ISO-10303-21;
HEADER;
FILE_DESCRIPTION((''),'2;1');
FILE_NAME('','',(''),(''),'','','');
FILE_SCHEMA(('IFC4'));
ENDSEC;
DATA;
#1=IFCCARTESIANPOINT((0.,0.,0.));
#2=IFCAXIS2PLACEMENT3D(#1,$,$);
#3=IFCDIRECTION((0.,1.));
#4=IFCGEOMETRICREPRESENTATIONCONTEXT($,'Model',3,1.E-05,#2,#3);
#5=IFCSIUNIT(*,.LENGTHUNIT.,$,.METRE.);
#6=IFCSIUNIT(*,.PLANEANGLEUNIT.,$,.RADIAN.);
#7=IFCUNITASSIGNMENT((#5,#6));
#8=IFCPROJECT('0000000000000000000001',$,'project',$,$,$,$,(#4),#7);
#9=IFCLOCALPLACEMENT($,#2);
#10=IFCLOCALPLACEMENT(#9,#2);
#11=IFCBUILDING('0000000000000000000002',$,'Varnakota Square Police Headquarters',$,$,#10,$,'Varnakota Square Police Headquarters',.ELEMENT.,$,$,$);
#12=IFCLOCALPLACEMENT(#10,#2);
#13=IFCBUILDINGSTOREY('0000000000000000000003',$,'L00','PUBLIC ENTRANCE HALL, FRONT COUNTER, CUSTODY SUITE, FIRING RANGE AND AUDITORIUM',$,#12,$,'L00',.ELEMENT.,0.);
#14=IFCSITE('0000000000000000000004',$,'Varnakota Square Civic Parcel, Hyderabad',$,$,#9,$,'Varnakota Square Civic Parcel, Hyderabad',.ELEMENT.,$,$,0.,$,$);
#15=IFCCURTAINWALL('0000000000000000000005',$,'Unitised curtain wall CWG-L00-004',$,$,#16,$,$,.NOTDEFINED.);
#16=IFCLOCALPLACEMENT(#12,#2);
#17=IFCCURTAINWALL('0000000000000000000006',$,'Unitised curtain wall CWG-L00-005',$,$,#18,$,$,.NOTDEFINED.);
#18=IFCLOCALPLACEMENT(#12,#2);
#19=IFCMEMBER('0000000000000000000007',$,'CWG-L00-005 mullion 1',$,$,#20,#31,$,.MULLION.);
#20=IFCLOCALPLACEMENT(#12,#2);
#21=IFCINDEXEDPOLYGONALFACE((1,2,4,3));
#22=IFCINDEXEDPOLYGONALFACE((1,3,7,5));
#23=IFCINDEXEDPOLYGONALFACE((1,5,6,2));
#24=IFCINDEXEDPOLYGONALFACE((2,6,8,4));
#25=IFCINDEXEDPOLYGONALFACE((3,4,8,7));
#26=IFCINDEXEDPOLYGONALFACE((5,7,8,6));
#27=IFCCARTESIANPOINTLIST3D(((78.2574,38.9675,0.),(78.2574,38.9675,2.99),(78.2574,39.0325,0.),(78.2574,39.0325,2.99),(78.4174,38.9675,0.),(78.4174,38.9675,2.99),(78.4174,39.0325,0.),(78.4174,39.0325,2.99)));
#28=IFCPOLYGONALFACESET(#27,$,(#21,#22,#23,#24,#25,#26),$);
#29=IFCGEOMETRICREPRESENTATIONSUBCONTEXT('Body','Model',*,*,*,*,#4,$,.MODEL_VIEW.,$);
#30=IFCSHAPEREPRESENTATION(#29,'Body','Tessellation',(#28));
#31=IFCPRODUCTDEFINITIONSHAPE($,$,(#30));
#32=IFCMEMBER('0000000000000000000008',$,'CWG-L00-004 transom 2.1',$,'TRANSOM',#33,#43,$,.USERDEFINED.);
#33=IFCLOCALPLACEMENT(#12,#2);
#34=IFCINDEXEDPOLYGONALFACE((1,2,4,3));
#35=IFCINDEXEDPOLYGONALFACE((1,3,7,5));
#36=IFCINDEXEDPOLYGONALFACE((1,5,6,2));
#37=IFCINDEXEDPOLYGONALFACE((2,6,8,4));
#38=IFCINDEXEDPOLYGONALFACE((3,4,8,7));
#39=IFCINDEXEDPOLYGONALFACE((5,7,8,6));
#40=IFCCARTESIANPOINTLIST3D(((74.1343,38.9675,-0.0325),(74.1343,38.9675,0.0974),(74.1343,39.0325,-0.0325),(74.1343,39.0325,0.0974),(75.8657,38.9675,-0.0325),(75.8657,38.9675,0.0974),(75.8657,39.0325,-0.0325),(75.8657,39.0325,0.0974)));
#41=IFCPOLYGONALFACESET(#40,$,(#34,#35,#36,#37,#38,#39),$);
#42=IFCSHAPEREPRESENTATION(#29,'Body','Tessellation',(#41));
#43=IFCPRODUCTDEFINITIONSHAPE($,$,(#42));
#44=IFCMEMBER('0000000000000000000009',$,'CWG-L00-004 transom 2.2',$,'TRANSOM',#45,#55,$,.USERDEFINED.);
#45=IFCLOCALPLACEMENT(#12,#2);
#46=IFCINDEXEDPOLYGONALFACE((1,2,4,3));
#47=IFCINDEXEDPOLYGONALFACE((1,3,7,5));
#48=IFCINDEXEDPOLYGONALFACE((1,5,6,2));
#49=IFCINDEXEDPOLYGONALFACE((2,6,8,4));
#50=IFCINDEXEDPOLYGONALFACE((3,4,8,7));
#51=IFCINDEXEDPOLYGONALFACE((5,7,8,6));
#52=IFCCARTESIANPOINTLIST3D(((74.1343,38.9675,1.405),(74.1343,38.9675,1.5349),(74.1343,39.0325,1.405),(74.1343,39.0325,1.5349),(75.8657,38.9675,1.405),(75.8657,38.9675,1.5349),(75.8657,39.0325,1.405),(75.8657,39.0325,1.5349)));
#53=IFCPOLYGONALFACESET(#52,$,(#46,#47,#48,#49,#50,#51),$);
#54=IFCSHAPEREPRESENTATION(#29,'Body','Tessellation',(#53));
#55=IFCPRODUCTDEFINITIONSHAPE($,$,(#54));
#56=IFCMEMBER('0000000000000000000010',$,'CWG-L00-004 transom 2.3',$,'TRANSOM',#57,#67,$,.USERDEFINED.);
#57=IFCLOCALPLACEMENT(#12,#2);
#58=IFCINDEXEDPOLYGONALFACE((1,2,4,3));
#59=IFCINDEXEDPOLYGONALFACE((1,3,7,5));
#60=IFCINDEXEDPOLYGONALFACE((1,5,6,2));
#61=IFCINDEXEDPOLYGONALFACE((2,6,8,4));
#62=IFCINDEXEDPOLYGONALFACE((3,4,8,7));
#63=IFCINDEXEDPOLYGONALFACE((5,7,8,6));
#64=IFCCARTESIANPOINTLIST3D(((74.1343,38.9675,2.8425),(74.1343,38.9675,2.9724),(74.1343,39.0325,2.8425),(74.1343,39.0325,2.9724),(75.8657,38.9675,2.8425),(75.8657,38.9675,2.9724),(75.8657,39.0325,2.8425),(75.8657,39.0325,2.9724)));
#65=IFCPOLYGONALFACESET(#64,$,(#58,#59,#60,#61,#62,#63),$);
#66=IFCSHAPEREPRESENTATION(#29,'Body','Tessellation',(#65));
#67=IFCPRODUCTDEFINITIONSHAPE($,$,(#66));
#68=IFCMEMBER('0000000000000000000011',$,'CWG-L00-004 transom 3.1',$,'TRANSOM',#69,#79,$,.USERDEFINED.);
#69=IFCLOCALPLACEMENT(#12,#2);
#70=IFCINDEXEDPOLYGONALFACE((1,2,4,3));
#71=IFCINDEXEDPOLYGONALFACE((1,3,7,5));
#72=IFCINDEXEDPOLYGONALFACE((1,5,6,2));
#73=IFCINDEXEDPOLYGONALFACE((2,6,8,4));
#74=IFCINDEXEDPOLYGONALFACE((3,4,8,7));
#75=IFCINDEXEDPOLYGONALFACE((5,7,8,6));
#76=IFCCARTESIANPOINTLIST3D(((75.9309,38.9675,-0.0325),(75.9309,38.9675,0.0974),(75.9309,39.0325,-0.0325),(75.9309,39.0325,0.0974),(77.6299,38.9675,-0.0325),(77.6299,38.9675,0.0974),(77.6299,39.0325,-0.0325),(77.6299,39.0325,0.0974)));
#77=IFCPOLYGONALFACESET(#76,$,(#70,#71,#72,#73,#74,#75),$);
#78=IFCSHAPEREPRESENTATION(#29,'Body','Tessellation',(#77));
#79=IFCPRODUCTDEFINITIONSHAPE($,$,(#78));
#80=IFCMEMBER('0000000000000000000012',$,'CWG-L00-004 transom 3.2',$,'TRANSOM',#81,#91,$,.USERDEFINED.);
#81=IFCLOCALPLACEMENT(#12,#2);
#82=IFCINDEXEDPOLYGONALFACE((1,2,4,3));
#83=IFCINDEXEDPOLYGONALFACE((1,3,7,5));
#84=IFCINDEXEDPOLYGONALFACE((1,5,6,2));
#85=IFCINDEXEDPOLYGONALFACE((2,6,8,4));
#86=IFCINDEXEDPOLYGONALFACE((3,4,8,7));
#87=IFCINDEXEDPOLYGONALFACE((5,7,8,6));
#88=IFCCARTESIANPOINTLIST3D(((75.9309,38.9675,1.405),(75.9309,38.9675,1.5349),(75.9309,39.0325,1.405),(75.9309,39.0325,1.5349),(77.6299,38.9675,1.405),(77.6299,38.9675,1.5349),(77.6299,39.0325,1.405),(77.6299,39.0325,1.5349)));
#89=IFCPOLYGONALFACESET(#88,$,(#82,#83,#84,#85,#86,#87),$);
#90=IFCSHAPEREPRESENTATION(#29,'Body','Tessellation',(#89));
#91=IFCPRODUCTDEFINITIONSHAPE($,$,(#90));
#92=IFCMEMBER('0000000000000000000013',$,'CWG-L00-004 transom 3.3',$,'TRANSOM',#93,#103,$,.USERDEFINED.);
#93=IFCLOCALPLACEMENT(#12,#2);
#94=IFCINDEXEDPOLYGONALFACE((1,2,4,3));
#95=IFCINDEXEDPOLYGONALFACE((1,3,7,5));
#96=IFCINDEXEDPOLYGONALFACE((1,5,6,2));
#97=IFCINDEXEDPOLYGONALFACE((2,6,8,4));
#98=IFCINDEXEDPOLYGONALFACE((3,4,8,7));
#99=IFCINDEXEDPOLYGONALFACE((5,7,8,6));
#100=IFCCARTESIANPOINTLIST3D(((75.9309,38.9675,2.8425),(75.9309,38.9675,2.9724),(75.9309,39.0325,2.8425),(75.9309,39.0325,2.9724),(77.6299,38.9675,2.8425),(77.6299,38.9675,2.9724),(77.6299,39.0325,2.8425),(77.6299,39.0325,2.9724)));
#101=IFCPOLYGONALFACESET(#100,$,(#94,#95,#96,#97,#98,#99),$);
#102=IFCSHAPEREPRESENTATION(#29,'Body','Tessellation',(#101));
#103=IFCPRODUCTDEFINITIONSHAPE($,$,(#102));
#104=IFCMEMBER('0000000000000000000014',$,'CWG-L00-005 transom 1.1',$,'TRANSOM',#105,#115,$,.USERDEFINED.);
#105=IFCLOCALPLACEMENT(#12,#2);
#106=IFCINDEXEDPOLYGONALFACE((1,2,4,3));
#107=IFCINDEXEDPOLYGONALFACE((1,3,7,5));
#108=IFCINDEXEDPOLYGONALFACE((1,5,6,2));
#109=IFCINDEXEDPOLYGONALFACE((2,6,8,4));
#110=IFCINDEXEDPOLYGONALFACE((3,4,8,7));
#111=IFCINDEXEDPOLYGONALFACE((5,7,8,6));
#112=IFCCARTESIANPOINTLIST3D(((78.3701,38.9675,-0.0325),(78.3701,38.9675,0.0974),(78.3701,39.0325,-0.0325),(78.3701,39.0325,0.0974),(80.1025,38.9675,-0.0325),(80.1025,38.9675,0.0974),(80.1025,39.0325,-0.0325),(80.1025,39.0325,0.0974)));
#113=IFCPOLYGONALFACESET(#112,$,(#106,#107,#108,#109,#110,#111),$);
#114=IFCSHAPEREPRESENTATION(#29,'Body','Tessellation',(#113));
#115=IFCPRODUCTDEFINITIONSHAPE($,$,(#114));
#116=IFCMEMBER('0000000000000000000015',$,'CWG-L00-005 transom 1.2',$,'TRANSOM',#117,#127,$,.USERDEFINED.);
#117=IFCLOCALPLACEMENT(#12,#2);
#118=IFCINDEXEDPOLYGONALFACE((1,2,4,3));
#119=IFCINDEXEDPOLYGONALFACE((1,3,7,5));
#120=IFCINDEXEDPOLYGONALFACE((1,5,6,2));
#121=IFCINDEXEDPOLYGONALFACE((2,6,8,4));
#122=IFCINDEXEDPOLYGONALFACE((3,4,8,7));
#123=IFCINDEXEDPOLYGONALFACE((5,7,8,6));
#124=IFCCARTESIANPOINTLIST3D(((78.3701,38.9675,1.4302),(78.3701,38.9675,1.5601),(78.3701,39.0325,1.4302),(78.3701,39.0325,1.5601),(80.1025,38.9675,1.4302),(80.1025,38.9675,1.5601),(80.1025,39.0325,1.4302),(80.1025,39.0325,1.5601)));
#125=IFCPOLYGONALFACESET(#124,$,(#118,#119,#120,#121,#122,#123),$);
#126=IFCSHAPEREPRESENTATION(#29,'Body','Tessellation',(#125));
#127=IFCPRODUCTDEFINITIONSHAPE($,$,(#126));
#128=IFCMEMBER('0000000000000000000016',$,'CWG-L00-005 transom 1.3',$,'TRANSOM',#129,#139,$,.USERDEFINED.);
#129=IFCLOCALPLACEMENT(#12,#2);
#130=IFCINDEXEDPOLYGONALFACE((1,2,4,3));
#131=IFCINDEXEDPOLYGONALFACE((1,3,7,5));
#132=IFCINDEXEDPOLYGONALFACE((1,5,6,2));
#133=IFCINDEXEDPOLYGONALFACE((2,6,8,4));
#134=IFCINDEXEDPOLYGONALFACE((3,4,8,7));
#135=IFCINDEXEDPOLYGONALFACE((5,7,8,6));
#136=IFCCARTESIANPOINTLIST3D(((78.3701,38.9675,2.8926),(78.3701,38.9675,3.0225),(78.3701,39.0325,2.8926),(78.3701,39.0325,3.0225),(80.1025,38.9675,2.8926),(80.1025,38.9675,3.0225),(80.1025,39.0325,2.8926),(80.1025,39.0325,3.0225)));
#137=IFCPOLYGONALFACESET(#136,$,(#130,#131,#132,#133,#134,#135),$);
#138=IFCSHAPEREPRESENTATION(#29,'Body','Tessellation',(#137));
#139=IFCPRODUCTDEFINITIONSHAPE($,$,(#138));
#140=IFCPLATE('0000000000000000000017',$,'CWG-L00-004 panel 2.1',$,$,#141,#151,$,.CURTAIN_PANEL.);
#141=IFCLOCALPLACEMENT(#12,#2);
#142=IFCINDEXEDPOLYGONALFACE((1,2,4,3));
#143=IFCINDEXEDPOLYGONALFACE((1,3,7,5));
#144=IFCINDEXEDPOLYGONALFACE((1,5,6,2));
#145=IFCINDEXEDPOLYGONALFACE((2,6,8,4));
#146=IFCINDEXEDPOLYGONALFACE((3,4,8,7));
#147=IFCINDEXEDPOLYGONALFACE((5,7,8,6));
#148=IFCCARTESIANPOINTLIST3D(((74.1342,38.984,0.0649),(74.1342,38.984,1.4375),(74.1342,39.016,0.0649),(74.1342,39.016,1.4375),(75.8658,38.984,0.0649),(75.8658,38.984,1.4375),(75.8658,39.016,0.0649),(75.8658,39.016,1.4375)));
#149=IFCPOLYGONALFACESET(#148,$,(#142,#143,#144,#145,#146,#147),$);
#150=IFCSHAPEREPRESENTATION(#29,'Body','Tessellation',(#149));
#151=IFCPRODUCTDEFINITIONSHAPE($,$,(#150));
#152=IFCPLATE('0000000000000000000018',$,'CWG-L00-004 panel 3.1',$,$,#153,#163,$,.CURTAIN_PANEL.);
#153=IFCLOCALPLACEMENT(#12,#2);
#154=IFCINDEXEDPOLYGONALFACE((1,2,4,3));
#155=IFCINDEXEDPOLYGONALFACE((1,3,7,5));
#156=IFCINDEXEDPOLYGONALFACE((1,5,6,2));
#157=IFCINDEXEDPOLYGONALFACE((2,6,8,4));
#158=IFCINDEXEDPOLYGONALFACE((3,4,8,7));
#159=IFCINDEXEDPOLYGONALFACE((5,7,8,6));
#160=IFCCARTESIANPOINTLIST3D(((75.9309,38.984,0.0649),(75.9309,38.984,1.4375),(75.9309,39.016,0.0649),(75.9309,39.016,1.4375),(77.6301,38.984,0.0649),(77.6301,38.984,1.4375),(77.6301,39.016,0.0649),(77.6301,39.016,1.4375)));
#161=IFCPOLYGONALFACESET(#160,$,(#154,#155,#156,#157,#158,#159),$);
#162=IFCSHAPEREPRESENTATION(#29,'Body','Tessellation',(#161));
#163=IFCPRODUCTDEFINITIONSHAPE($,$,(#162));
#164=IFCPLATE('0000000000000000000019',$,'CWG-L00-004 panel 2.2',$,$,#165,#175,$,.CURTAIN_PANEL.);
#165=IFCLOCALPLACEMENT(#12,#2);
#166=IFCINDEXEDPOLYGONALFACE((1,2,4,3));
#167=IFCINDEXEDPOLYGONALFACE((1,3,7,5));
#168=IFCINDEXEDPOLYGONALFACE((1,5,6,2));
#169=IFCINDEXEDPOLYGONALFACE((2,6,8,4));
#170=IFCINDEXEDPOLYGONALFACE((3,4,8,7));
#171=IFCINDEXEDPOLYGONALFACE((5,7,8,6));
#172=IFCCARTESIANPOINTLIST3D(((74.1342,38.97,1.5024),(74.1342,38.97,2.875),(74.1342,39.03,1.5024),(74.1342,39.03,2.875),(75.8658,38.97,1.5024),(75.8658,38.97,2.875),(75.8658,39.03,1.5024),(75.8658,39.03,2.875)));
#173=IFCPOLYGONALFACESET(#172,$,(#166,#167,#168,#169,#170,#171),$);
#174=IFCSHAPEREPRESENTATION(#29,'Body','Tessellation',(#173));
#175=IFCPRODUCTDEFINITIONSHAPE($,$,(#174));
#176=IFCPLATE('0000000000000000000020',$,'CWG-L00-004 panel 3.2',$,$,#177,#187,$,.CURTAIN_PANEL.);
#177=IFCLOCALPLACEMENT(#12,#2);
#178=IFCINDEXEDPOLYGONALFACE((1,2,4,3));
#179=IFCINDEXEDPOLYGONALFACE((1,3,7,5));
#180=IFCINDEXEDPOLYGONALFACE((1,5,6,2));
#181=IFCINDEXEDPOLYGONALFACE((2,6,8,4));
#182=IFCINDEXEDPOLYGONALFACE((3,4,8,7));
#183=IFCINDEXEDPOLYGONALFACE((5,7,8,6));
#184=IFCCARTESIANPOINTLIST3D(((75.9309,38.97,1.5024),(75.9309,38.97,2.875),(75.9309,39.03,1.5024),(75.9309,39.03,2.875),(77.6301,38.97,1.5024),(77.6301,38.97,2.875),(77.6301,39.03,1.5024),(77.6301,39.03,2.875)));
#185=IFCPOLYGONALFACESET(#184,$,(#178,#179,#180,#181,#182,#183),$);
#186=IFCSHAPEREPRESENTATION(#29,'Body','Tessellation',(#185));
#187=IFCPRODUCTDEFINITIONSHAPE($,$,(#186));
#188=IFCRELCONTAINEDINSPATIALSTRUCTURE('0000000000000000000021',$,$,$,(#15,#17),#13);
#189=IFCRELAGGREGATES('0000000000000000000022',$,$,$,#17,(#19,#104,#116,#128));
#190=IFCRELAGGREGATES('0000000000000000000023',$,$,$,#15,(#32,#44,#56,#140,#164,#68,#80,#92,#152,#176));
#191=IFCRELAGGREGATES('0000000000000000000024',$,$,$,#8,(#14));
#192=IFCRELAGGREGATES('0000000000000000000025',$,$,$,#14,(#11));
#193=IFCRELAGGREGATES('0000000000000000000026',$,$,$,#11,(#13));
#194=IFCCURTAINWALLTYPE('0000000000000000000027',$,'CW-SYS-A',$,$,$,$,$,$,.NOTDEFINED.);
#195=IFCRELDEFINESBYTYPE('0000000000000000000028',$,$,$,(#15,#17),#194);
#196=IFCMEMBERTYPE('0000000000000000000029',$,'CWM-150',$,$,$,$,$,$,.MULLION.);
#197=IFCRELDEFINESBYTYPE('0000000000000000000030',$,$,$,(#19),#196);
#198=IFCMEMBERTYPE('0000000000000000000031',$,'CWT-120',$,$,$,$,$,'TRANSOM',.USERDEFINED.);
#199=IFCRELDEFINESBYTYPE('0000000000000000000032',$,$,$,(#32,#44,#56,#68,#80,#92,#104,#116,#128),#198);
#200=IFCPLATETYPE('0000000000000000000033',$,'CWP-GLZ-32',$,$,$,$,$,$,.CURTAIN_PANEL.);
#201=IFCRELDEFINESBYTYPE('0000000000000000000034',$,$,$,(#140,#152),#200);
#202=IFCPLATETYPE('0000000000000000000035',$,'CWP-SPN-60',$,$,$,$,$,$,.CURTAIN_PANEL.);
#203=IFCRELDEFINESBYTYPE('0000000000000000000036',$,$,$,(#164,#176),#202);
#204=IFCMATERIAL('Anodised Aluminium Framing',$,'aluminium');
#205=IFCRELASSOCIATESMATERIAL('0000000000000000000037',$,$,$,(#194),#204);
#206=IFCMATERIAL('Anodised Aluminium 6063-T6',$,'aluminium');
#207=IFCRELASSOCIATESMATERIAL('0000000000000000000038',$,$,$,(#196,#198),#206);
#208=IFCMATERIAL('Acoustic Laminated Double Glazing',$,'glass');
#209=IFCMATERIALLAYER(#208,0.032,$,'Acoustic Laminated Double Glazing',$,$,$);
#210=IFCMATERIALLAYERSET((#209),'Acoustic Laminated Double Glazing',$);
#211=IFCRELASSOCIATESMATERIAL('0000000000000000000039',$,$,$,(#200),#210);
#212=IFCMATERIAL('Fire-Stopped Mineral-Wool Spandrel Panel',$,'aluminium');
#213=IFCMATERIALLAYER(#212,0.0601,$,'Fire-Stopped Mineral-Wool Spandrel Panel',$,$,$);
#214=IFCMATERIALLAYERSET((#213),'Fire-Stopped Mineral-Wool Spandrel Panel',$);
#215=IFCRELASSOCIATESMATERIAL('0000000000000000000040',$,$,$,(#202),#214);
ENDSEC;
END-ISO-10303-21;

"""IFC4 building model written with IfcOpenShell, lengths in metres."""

from ifc_helpers import new_model, si_unit, direction, frame, origin, origin_2d, place, context, subcontext, project, spatial, rectangle, extrude, material, layer, layer_set, material_profile, profile_set, type_object, element, aggregate, save


model = new_model("IFC4")

# Units and contexts
model_context = context("Model", 3, precision=1e-05, world=origin(), true_north=direction((0.0, 1.0)))
body_context = subcontext(model_context, "Body", "Model", "MODEL_VIEW")
ifc_project = project(units=[si_unit("LENGTHUNIT", "METRE"), si_unit("PLANEANGLEUNIT", "RADIAN")], contexts=[model_context])

# Site, building, storey
site_placement = place(None, origin())
site = spatial("IfcSite", under=ifc_project, at=site_placement, Name="Varnakota Square Civic Parcel, Hyderabad", LongName="Varnakota Square Civic Parcel, Hyderabad", CompositionType="ELEMENT", RefElevation=0.0)
building_placement = place(site_placement, origin())
building = spatial("IfcBuilding", under=site, at=building_placement, Name="Varnakota Square Police Headquarters", LongName="Varnakota Square Police Headquarters", CompositionType="ELEMENT")
storey_placement = place(building_placement, origin())
storey = spatial("IfcBuildingStorey", under=building, at=storey_placement, Name="L00", Description="PUBLIC ENTRANCE HALL, FRONT COUNTER, CUSTODY SUITE, FIRING RANGE AND AUDITORIUM", LongName="L00", CompositionType="ELEMENT", Elevation=0.0)

# Curtain wall
ifc_material_1 = material(Name="Anodised Aluminium Framing", Category="aluminium")
curtain_wall_type = type_object("IfcCurtainWallType", Name="CW-SYS-A", PredefinedType="NOTDEFINED", material=ifc_material_1)
curtain_wall_1_placement = place(storey_placement, origin())
curtain_wall_1 = element("IfcCurtainWall", 1, at=curtain_wall_1_placement, inside=storey, type_object=curtain_wall_type, Name="Unitised curtain wall CWG-L00-004", PredefinedType="NOTDEFINED")
ifc_material_2 = material(Name="Anodised Aluminium 6063-T6", Category="aluminium")
ifc_material_profile_1 = material_profile(ifc_material_2, rectangle(XDim=0.0649, YDim=0.1599, at=origin_2d()), Name="ALU MULLION 65x160")
ifc_profile_set_1 = profile_set([ifc_material_profile_1], Name="Anodised Aluminium 6063-T6")
member_type_1 = type_object("IfcMemberType", Name="CWM-150", PredefinedType="MULLION", material=ifc_profile_set_1)

# Curtain wall, member
curtain_wall_2_placement = place(storey_placement, origin())
curtain_wall_2 = element("IfcCurtainWall", 2, at=curtain_wall_2_placement, inside=storey, type_object=curtain_wall_type, Name="Unitised curtain wall CWG-L00-005", PredefinedType="NOTDEFINED")
member_1_placement = place(storey_placement, frame((78.3374, 39.0, 0.0), z_axis=(0.0, 0.0, 1.0), x_axis=(0.0, 1.0, 0.0)))
member_1 = element("IfcMember", 3, at=member_1_placement, type_object=member_type_1, Name="CWG-L00-005 mullion 1", PredefinedType="MULLION", context=body_context, shape_type="SweptSolid", body=[
    extrude(rectangle(XDim=0.0649, YDim=0.1599, at=origin_2d()), origin(), (0.0, 0.0, 1.0), 2.99),
])

# Members
ifc_material_profile_2 = material_profile(ifc_material_2, rectangle(XDim=0.0649, YDim=0.1299, at=origin_2d()), Name="ALU TRANSOM 65x130")
ifc_profile_set_2 = profile_set([ifc_material_profile_2], Name="Anodised Aluminium 6063-T6")
member_type_2 = type_object("IfcMemberType", Name="CWT-120", ElementType="TRANSOM", PredefinedType="USERDEFINED", material=ifc_profile_set_2)
member_2_placement = place(storey_placement, frame((74.1343, 39.0, 0.0325), z_axis=(1.0, 0.0, 0.0), x_axis=(0.0, 1.0, 0.0)))
member_2 = element("IfcMember", 4, at=member_2_placement, type_object=member_type_2, Name="CWG-L00-004 transom 2.1", ObjectType="TRANSOM", PredefinedType="USERDEFINED", context=body_context, shape_type="SweptSolid", body=[
    extrude(rectangle(XDim=0.0649, YDim=0.1299, at=origin_2d()), origin(), (0.0, 0.0, 1.0), 1.7314),
])
member_3_placement = place(storey_placement, frame((74.1343, 39.0, 1.47), z_axis=(1.0, 0.0, 0.0), x_axis=(0.0, 1.0, 0.0)))
member_3 = element("IfcMember", 5, at=member_3_placement, type_object=member_type_2, Name="CWG-L00-004 transom 2.2", ObjectType="TRANSOM", PredefinedType="USERDEFINED", context=body_context, shape_type="SweptSolid", body=[
    extrude(rectangle(XDim=0.0649, YDim=0.1299, at=origin_2d()), origin(), (0.0, 0.0, 1.0), 1.7314),
])
member_4_placement = place(storey_placement, frame((74.1343, 39.0, 2.9075), z_axis=(1.0, 0.0, 0.0), x_axis=(0.0, 1.0, 0.0)))
member_4 = element("IfcMember", 6, at=member_4_placement, type_object=member_type_2, Name="CWG-L00-004 transom 2.3", ObjectType="TRANSOM", PredefinedType="USERDEFINED", context=body_context, shape_type="SweptSolid", body=[
    extrude(rectangle(XDim=0.0649, YDim=0.1299, at=origin_2d()), origin(), (0.0, 0.0, 1.0), 1.7314),
])
member_5_placement = place(storey_placement, frame((75.9309, 39.0, 0.0325), z_axis=(1.0, 0.0, 0.0), x_axis=(0.0, 1.0, 0.0)))
member_5 = element("IfcMember", 7, at=member_5_placement, type_object=member_type_2, Name="CWG-L00-004 transom 3.1", ObjectType="TRANSOM", PredefinedType="USERDEFINED", context=body_context, shape_type="SweptSolid", body=[
    extrude(rectangle(XDim=0.0649, YDim=0.1299, at=origin_2d()), origin(), (0.0, 0.0, 1.0), 1.699),
])
member_6_placement = place(storey_placement, frame((75.9309, 39.0, 1.47), z_axis=(1.0, 0.0, 0.0), x_axis=(0.0, 1.0, 0.0)))
member_6 = element("IfcMember", 8, at=member_6_placement, type_object=member_type_2, Name="CWG-L00-004 transom 3.2", ObjectType="TRANSOM", PredefinedType="USERDEFINED", context=body_context, shape_type="SweptSolid", body=[
    extrude(rectangle(XDim=0.0649, YDim=0.1299, at=origin_2d()), origin(), (0.0, 0.0, 1.0), 1.699),
])
member_7_placement = place(storey_placement, frame((75.9309, 39.0, 2.9075), z_axis=(1.0, 0.0, 0.0), x_axis=(0.0, 1.0, 0.0)))
member_7 = element("IfcMember", 9, at=member_7_placement, type_object=member_type_2, Name="CWG-L00-004 transom 3.3", ObjectType="TRANSOM", PredefinedType="USERDEFINED", context=body_context, shape_type="SweptSolid", body=[
    extrude(rectangle(XDim=0.0649, YDim=0.1299, at=origin_2d()), origin(), (0.0, 0.0, 1.0), 1.699),
])
member_8_placement = place(storey_placement, frame((78.3701, 39.0, 0.0325), z_axis=(1.0, 0.0, 0.0), x_axis=(0.0, 1.0, 0.0)))
member_8 = element("IfcMember", 10, at=member_8_placement, type_object=member_type_2, Name="CWG-L00-005 transom 1.1", ObjectType="TRANSOM", PredefinedType="USERDEFINED", context=body_context, shape_type="SweptSolid", body=[
    extrude(rectangle(XDim=0.0649, YDim=0.1299, at=origin_2d()), origin(), (0.0, 0.0, 1.0), 1.7324),
])
member_9_placement = place(storey_placement, frame((78.3701, 39.0, 1.4951), z_axis=(1.0, 0.0, 0.0), x_axis=(0.0, 1.0, 0.0)))
member_9 = element("IfcMember", 11, at=member_9_placement, type_object=member_type_2, Name="CWG-L00-005 transom 1.2", ObjectType="TRANSOM", PredefinedType="USERDEFINED", context=body_context, shape_type="SweptSolid", body=[
    extrude(rectangle(XDim=0.0649, YDim=0.1299, at=origin_2d()), origin(), (0.0, 0.0, 1.0), 1.7324),
])
member_10_placement = place(storey_placement, frame((78.3701, 39.0, 2.9575), z_axis=(1.0, 0.0, 0.0), x_axis=(0.0, 1.0, 0.0)))
member_10 = element("IfcMember", 12, at=member_10_placement, type_object=member_type_2, Name="CWG-L00-005 transom 1.3", ObjectType="TRANSOM", PredefinedType="USERDEFINED", context=body_context, shape_type="SweptSolid", body=[
    extrude(rectangle(XDim=0.0649, YDim=0.1299, at=origin_2d()), origin(), (0.0, 0.0, 1.0), 1.7324),
])
aggregate(curtain_wall_2, [member_1, member_8, member_9, member_10])

# Plates
ifc_material_3 = material(Name="Acoustic Laminated Double Glazing", Category="glass")
ifc_layer_1 = layer(ifc_material_3, 0.032, Name="Acoustic Laminated Double Glazing")
ifc_layer_set_1 = layer_set([ifc_layer_1], Name="Acoustic Laminated Double Glazing")
plate_type_1 = type_object("IfcPlateType", Name="CWP-GLZ-32", PredefinedType="CURTAIN_PANEL", material=ifc_layer_set_1)
plate_1_placement = place(storey_placement, frame((75.0, 39.0, 0.0649), z_axis=(0.0, 0.0, 1.0), x_axis=(1.0, 0.0, 0.0)))
plate_1 = element("IfcPlate", 13, at=plate_1_placement, type_object=plate_type_1, Name="CWG-L00-004 panel 2.1", PredefinedType="CURTAIN_PANEL", context=body_context, shape_type="SweptSolid", body=[
    extrude(rectangle(XDim=1.7317, YDim=0.032, at=origin_2d()), origin(), (0.0, 0.0, 1.0), 1.3726),
])
plate_2_placement = place(storey_placement, frame((76.7805, 39.0, 0.0649), z_axis=(0.0, 0.0, 1.0), x_axis=(1.0, 0.0, 0.0)))
plate_2 = element("IfcPlate", 14, at=plate_2_placement, type_object=plate_type_1, Name="CWG-L00-004 panel 3.1", PredefinedType="CURTAIN_PANEL", context=body_context, shape_type="SweptSolid", body=[
    extrude(rectangle(XDim=1.6992, YDim=0.032, at=origin_2d()), origin(), (0.0, 0.0, 1.0), 1.3726),
])
ifc_material_4 = material(Name="Fire-Stopped Mineral-Wool Spandrel Panel", Category="aluminium")
ifc_layer_2 = layer(ifc_material_4, 0.0601, Name="Fire-Stopped Mineral-Wool Spandrel Panel")
ifc_layer_set_2 = layer_set([ifc_layer_2], Name="Fire-Stopped Mineral-Wool Spandrel Panel")
plate_type_2 = type_object("IfcPlateType", Name="CWP-SPN-60", PredefinedType="CURTAIN_PANEL", material=ifc_layer_set_2)
plate_3_placement = place(storey_placement, frame((75.0, 39.0, 1.5024), z_axis=(0.0, 0.0, 1.0), x_axis=(1.0, 0.0, 0.0)))
plate_3 = element("IfcPlate", 15, at=plate_3_placement, type_object=plate_type_2, Name="CWG-L00-004 panel 2.2", PredefinedType="CURTAIN_PANEL", context=body_context, shape_type="SweptSolid", body=[
    extrude(rectangle(XDim=1.7317, YDim=0.0601, at=origin_2d()), origin(), (0.0, 0.0, 1.0), 1.3726),
])
plate_4_placement = place(storey_placement, frame((76.7805, 39.0, 1.5024), z_axis=(0.0, 0.0, 1.0), x_axis=(1.0, 0.0, 0.0)))
plate_4 = element("IfcPlate", 16, at=plate_4_placement, type_object=plate_type_2, Name="CWG-L00-004 panel 3.2", PredefinedType="CURTAIN_PANEL", context=body_context, shape_type="SweptSolid", body=[
    extrude(rectangle(XDim=1.6992, YDim=0.0601, at=origin_2d()), origin(), (0.0, 0.0, 1.0), 1.3726),
])
aggregate(curtain_wall_1, [member_2, member_3, member_4, plate_1, plate_3, member_5, member_6, member_7, plate_2, plate_4])

save(model, "model.ifc")
